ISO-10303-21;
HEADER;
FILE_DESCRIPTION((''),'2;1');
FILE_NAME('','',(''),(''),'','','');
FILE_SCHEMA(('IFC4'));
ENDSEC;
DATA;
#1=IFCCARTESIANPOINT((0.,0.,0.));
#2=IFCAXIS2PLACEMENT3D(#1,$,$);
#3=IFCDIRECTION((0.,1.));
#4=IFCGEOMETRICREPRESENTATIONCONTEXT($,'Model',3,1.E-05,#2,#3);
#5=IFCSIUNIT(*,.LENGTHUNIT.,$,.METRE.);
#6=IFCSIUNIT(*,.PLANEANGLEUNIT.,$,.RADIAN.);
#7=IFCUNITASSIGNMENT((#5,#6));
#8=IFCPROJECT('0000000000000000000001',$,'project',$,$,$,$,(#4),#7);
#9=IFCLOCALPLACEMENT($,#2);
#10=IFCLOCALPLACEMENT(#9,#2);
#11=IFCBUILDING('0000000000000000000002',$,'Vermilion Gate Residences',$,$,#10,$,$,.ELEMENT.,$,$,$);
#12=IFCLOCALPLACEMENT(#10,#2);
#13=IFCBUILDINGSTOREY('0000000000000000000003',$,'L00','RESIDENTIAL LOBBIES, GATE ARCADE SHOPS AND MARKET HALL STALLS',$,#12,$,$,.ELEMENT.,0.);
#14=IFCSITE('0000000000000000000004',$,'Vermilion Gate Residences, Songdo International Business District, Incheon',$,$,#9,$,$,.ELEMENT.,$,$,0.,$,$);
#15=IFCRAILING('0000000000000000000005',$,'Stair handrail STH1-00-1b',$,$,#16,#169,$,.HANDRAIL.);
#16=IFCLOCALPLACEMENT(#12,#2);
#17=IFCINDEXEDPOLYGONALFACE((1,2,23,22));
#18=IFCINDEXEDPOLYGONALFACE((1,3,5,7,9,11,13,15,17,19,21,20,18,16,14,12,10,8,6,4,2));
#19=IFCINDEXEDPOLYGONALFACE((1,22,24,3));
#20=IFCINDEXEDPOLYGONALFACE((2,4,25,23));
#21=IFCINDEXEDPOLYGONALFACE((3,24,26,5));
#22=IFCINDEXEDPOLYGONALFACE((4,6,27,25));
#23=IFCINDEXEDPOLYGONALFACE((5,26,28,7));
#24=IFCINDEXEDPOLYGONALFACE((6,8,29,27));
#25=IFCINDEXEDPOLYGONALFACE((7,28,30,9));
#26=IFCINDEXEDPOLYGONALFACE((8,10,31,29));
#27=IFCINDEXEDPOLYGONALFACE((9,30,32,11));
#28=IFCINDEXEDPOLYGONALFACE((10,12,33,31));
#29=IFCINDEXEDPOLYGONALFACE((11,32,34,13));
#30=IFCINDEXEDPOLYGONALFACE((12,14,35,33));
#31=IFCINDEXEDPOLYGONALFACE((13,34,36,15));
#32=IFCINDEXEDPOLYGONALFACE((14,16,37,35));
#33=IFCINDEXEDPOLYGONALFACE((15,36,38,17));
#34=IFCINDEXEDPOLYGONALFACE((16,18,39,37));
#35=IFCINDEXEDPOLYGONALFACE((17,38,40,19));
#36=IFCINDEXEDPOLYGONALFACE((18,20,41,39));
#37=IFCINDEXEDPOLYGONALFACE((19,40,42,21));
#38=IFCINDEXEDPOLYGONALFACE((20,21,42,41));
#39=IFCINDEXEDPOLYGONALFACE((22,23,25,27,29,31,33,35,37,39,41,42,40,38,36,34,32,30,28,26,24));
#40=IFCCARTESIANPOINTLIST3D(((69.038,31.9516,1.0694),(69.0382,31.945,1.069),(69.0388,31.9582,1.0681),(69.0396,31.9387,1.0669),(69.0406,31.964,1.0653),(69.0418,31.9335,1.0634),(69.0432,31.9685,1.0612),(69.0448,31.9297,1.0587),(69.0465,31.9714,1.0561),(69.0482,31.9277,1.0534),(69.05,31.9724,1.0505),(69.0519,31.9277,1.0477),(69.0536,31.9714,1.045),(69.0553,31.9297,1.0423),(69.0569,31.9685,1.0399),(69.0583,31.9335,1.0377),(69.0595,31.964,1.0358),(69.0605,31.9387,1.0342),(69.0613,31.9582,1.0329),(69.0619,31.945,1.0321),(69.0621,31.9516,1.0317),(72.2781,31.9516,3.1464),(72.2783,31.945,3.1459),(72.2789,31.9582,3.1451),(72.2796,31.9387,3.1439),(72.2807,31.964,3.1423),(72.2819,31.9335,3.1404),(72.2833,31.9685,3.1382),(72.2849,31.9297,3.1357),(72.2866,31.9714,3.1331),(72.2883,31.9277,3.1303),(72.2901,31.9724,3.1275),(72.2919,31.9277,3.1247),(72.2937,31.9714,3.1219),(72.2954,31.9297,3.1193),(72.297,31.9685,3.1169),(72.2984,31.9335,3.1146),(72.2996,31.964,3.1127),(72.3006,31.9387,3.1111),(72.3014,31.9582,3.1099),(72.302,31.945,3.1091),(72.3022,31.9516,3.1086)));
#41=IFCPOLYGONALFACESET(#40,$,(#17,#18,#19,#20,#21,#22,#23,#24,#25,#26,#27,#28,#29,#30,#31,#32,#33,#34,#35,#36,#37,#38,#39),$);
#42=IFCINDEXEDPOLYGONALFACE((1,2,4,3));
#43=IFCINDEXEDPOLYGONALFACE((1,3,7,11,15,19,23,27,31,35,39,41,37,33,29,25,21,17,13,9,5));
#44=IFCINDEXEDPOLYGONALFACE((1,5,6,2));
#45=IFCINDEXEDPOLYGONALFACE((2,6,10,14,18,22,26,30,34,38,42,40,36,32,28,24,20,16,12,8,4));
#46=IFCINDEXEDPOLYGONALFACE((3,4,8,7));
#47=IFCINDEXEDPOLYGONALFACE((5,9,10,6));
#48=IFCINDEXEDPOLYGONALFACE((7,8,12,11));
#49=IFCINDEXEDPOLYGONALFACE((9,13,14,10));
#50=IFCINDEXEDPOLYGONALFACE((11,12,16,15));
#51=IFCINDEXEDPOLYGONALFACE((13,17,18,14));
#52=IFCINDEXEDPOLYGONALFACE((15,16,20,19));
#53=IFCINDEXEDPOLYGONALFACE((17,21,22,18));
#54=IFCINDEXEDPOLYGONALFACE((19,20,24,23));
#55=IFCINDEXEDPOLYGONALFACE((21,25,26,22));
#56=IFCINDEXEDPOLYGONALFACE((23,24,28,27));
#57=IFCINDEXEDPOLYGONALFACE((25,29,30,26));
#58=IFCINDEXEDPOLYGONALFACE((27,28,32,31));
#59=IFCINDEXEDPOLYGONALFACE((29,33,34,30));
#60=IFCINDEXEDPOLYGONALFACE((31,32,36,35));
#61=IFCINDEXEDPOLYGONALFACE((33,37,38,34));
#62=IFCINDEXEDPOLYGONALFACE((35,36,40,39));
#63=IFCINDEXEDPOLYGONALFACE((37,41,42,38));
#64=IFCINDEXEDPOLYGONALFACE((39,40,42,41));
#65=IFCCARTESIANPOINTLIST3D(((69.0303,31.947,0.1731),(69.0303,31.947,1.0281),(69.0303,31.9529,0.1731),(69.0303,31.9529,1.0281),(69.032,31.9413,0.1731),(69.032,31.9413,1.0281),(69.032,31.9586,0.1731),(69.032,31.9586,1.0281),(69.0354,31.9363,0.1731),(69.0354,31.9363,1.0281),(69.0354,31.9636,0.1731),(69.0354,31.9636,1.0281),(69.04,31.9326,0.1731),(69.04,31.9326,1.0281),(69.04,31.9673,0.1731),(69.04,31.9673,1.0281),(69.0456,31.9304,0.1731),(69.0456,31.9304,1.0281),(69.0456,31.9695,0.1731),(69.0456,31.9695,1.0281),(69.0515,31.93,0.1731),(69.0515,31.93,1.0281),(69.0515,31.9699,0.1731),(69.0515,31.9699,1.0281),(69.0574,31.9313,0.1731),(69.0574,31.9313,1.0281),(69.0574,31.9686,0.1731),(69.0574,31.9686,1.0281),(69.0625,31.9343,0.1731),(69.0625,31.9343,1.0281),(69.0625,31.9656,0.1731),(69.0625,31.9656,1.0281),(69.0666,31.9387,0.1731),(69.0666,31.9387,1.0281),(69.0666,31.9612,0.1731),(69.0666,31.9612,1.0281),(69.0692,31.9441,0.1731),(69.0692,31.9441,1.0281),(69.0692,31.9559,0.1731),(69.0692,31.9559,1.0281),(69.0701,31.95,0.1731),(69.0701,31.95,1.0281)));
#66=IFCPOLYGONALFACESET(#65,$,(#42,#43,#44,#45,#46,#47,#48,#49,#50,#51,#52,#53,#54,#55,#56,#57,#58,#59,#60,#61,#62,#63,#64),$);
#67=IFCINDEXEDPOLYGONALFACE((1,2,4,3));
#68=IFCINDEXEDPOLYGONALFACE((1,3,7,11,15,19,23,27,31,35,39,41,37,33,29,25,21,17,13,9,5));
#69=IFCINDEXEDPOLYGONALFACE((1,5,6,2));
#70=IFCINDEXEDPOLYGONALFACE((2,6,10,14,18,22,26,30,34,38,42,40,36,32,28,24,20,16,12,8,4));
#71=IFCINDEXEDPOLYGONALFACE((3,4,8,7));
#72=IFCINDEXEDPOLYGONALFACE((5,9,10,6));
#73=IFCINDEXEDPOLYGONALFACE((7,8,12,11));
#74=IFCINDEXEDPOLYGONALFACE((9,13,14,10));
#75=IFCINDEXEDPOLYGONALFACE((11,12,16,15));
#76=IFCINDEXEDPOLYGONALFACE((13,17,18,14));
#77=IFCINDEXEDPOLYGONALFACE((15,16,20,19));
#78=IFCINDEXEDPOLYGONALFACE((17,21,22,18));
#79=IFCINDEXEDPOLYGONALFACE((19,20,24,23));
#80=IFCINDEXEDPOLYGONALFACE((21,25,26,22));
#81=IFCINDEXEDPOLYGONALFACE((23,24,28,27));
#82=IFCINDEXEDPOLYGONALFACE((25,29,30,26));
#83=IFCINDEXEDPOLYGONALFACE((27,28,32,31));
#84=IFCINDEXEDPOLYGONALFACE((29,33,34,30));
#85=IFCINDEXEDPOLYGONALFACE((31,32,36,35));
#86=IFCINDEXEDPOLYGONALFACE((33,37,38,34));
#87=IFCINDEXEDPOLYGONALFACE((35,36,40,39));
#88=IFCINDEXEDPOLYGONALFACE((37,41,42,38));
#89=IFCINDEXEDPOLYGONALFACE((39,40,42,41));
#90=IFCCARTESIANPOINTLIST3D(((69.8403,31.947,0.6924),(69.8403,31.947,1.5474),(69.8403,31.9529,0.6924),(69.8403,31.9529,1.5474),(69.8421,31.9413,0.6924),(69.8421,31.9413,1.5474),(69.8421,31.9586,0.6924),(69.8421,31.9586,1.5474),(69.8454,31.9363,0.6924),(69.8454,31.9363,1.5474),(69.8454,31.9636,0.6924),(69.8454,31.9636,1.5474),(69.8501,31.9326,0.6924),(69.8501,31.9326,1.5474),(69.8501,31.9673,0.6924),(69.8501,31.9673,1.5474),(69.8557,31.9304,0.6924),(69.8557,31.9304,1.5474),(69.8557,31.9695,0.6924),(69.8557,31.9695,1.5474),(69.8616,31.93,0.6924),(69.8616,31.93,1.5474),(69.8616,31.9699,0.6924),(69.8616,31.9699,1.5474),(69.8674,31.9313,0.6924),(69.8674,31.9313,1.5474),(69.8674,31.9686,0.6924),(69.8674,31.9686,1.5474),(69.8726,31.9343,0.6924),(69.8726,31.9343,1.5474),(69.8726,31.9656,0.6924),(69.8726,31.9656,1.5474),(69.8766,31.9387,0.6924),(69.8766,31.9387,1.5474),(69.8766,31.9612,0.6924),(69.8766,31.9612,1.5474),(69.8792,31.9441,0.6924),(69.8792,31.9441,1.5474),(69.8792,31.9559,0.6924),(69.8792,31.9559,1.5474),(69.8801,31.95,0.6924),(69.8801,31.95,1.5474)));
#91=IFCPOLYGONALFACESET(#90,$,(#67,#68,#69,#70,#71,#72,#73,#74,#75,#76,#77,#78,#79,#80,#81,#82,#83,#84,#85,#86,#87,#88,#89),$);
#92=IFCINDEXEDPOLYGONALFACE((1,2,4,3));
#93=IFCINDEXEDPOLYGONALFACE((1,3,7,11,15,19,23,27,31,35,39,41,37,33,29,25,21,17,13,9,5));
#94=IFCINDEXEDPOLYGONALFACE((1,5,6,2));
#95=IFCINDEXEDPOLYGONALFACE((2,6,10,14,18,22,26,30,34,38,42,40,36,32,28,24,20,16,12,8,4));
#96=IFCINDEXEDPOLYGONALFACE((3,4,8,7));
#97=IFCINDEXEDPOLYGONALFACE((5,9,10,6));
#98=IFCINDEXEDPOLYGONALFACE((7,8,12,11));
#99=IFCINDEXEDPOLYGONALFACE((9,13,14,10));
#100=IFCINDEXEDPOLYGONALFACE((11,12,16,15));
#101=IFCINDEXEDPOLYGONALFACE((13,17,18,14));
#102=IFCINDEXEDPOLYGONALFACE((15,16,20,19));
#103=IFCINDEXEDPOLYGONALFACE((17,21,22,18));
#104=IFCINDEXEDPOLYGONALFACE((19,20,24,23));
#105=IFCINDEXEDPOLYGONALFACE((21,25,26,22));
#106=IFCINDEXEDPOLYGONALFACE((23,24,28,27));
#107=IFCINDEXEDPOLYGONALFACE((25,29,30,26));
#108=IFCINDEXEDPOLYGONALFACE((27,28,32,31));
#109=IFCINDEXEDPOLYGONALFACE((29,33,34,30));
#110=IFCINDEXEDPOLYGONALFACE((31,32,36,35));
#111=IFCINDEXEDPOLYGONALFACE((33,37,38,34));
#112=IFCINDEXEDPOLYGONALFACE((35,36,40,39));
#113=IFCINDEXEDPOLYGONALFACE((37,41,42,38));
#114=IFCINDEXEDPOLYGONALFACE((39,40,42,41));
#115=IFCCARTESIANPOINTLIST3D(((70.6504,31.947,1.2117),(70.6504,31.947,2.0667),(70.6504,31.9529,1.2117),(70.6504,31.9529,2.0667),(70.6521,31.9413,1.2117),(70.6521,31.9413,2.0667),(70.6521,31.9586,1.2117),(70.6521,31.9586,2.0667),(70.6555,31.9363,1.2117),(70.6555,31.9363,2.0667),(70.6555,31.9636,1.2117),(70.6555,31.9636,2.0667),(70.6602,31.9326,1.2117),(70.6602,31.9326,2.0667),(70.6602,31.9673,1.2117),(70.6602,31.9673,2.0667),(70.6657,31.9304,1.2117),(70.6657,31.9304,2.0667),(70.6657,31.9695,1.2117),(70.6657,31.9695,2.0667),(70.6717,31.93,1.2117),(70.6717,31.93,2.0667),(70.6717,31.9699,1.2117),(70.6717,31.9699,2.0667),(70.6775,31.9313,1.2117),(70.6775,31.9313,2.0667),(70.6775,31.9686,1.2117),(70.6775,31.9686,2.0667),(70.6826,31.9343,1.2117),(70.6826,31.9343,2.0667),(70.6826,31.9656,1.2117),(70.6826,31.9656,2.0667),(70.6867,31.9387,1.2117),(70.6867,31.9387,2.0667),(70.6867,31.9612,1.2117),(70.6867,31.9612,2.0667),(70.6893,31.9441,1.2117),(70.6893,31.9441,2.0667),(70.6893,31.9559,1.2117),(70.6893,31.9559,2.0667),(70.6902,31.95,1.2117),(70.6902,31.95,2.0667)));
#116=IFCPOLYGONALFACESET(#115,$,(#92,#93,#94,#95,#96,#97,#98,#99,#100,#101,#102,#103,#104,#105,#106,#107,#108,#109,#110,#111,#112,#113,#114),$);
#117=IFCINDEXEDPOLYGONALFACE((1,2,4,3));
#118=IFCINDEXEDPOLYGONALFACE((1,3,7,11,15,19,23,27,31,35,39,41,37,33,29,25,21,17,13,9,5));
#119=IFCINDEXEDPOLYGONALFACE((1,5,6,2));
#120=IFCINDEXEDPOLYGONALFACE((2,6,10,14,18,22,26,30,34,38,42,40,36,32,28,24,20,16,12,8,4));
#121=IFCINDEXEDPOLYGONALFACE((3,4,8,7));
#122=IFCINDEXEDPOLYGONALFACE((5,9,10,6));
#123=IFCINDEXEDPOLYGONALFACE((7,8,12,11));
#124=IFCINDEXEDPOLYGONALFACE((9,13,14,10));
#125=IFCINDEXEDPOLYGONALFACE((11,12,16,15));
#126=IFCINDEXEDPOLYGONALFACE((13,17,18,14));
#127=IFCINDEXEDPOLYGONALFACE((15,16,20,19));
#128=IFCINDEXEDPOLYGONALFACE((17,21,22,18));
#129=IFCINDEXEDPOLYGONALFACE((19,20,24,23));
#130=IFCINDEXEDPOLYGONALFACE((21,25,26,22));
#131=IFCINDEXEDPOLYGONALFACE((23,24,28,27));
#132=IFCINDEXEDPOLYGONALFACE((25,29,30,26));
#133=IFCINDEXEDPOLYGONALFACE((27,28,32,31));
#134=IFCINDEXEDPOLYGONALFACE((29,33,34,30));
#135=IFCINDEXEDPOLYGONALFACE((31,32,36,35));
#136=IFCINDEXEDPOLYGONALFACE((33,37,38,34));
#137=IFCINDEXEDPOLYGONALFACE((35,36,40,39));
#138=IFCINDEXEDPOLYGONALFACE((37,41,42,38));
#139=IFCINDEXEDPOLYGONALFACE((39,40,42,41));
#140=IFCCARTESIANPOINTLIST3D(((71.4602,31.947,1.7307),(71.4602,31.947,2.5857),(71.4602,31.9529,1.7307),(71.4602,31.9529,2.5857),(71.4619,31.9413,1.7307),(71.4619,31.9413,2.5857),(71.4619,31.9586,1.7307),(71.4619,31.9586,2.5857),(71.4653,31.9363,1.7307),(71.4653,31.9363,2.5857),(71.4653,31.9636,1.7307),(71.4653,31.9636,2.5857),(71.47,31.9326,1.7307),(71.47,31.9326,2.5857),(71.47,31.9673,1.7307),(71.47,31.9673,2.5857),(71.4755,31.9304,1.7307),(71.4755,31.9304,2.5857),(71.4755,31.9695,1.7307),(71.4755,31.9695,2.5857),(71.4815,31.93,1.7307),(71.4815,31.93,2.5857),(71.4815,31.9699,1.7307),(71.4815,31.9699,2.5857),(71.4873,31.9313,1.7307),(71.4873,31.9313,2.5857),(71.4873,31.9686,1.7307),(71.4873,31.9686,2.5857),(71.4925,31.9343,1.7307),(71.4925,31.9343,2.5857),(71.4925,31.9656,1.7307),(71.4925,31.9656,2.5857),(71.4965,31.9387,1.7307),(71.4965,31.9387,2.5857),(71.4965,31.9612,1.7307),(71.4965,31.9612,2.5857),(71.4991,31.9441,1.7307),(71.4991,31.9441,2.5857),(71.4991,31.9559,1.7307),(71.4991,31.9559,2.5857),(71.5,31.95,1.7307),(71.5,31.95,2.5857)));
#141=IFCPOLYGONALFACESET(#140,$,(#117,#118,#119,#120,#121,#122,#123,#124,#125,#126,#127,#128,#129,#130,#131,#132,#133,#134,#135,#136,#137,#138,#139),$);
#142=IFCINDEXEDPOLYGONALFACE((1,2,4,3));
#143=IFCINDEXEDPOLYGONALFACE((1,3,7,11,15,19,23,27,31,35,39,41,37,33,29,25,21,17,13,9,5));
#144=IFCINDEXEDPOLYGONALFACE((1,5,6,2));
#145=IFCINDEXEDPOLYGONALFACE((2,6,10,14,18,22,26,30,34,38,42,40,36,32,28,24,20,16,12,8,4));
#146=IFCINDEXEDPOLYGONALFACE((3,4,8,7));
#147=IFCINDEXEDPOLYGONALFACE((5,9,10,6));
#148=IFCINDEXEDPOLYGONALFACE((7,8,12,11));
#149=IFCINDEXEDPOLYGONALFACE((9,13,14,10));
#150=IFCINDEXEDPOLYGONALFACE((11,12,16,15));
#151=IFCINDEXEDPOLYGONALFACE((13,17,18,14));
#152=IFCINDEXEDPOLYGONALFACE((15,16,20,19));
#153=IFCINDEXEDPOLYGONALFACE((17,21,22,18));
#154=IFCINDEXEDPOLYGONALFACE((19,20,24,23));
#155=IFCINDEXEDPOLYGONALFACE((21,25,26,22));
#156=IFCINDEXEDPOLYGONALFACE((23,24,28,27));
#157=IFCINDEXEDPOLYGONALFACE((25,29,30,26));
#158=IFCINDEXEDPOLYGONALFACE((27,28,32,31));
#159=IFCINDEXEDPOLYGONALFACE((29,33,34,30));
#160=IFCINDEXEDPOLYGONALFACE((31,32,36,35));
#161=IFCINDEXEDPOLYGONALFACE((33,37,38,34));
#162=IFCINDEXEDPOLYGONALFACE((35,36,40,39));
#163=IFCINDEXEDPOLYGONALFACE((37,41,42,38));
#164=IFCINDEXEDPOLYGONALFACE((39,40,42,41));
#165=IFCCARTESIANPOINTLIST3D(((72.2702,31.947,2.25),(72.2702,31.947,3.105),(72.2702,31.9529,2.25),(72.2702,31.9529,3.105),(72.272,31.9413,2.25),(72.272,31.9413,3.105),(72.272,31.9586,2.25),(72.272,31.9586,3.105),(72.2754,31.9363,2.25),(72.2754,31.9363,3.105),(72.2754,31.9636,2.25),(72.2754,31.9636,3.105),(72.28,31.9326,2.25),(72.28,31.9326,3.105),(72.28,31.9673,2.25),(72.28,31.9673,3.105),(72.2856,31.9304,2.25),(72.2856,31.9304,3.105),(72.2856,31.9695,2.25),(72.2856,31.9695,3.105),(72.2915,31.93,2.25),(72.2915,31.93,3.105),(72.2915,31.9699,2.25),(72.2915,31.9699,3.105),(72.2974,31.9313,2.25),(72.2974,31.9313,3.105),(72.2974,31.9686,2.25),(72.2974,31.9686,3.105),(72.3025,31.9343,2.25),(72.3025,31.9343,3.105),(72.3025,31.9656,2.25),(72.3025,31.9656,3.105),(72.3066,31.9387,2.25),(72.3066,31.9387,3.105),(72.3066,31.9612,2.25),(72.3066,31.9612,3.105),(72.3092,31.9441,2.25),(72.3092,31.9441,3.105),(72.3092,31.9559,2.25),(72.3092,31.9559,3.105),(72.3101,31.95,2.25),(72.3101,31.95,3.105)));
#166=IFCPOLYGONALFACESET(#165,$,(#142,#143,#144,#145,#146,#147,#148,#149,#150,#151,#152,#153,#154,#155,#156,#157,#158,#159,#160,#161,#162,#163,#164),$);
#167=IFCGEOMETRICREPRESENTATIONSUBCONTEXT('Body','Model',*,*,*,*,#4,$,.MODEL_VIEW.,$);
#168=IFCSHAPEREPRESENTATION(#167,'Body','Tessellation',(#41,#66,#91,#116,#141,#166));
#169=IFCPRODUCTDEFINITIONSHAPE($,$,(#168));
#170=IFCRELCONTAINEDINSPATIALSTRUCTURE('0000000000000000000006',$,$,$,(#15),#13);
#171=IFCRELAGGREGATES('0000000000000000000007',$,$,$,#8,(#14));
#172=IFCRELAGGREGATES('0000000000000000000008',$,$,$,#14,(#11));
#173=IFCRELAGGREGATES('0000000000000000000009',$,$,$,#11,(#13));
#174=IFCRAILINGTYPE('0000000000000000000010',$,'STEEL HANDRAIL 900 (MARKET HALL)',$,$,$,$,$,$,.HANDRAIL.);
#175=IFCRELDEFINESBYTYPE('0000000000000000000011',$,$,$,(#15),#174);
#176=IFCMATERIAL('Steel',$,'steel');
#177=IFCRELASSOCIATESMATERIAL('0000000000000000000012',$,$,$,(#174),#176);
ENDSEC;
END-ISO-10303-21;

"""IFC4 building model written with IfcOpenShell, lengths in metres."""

from ifc_helpers import new_model, si_unit, direction, frame, origin, origin_2d, place, context, subcontext, project, spatial, circle, extrude, material, type_object, element, save


model = new_model("IFC4")

# Units and contexts
model_context = context("Model", 3, precision=1e-05, world=origin(), true_north=direction((0.0, 1.0)))
body_context = subcontext(model_context, "Body", "Model", "MODEL_VIEW")
ifc_project = project(units=[si_unit("LENGTHUNIT", "METRE"), si_unit("PLANEANGLEUNIT", "RADIAN")], contexts=[model_context])

# Site, building, storey
site_placement = place(None, origin())
site = spatial("IfcSite", under=ifc_project, at=site_placement, Name="Vermilion Gate Residences, Songdo International Business District, Incheon", CompositionType="ELEMENT", RefElevation=0.0)
building_placement = place(site_placement, origin())
building = spatial("IfcBuilding", under=site, at=building_placement, Name="Vermilion Gate Residences", CompositionType="ELEMENT")
storey_placement = place(building_placement, origin())
storey = spatial("IfcBuildingStorey", under=building, at=storey_placement, Name="L00", Description="RESIDENTIAL LOBBIES, GATE ARCADE SHOPS AND MARKET HALL STALLS", CompositionType="ELEMENT", Elevation=0.0)

# Railing
ifc_material_1 = material(Name="Steel", Category="steel")
railing_type = type_object("IfcRailingType", Name="STEEL HANDRAIL 900 (MARKET HALL)", PredefinedType="HANDRAIL", material=ifc_material_1)
for number, where, name in (
    (1, (69.05, 31.95, 0.1731), "Stair handrail STH1-00-1b"),
):
    element("IfcRailing", number, at=place(storey_placement, frame(where)), inside=storey, type_object=railing_type, Name=name, PredefinedType="HANDRAIL", context=body_context, shape_type="SweptSolid", body=[
        extrude(circle(Radius=0.0225, at=origin_2d()), frame((0.0, 0.0, 0.8774), z_axis=(0.841881, 0.0, 0.539664), x_axis=(0.0, 1.0, 0.0)), (0.0, 0.0, 1.0), 3.8486),
        extrude(circle(Radius=0.02, at=origin_2d()), origin(), (0.0, 0.0, 1.0), 0.855),
        extrude(circle(Radius=0.02, at=origin_2d()), frame((0.8101, 0.0, 0.5193)), (0.0, 0.0, 1.0), 0.855),
        extrude(circle(Radius=0.02, at=origin_2d()), frame((1.6201, 0.0, 1.0386)), (0.0, 0.0, 1.0), 0.855),
        extrude(circle(Radius=0.02, at=origin_2d()), frame((2.4299, 0.0, 1.5576)), (0.0, 0.0, 1.0), 0.855),
        extrude(circle(Radius=0.02, at=origin_2d()), frame((3.24, 0.0, 2.0769)), (0.0, 0.0, 1.0), 0.855),
    ])

save(model, "model.ifc")
